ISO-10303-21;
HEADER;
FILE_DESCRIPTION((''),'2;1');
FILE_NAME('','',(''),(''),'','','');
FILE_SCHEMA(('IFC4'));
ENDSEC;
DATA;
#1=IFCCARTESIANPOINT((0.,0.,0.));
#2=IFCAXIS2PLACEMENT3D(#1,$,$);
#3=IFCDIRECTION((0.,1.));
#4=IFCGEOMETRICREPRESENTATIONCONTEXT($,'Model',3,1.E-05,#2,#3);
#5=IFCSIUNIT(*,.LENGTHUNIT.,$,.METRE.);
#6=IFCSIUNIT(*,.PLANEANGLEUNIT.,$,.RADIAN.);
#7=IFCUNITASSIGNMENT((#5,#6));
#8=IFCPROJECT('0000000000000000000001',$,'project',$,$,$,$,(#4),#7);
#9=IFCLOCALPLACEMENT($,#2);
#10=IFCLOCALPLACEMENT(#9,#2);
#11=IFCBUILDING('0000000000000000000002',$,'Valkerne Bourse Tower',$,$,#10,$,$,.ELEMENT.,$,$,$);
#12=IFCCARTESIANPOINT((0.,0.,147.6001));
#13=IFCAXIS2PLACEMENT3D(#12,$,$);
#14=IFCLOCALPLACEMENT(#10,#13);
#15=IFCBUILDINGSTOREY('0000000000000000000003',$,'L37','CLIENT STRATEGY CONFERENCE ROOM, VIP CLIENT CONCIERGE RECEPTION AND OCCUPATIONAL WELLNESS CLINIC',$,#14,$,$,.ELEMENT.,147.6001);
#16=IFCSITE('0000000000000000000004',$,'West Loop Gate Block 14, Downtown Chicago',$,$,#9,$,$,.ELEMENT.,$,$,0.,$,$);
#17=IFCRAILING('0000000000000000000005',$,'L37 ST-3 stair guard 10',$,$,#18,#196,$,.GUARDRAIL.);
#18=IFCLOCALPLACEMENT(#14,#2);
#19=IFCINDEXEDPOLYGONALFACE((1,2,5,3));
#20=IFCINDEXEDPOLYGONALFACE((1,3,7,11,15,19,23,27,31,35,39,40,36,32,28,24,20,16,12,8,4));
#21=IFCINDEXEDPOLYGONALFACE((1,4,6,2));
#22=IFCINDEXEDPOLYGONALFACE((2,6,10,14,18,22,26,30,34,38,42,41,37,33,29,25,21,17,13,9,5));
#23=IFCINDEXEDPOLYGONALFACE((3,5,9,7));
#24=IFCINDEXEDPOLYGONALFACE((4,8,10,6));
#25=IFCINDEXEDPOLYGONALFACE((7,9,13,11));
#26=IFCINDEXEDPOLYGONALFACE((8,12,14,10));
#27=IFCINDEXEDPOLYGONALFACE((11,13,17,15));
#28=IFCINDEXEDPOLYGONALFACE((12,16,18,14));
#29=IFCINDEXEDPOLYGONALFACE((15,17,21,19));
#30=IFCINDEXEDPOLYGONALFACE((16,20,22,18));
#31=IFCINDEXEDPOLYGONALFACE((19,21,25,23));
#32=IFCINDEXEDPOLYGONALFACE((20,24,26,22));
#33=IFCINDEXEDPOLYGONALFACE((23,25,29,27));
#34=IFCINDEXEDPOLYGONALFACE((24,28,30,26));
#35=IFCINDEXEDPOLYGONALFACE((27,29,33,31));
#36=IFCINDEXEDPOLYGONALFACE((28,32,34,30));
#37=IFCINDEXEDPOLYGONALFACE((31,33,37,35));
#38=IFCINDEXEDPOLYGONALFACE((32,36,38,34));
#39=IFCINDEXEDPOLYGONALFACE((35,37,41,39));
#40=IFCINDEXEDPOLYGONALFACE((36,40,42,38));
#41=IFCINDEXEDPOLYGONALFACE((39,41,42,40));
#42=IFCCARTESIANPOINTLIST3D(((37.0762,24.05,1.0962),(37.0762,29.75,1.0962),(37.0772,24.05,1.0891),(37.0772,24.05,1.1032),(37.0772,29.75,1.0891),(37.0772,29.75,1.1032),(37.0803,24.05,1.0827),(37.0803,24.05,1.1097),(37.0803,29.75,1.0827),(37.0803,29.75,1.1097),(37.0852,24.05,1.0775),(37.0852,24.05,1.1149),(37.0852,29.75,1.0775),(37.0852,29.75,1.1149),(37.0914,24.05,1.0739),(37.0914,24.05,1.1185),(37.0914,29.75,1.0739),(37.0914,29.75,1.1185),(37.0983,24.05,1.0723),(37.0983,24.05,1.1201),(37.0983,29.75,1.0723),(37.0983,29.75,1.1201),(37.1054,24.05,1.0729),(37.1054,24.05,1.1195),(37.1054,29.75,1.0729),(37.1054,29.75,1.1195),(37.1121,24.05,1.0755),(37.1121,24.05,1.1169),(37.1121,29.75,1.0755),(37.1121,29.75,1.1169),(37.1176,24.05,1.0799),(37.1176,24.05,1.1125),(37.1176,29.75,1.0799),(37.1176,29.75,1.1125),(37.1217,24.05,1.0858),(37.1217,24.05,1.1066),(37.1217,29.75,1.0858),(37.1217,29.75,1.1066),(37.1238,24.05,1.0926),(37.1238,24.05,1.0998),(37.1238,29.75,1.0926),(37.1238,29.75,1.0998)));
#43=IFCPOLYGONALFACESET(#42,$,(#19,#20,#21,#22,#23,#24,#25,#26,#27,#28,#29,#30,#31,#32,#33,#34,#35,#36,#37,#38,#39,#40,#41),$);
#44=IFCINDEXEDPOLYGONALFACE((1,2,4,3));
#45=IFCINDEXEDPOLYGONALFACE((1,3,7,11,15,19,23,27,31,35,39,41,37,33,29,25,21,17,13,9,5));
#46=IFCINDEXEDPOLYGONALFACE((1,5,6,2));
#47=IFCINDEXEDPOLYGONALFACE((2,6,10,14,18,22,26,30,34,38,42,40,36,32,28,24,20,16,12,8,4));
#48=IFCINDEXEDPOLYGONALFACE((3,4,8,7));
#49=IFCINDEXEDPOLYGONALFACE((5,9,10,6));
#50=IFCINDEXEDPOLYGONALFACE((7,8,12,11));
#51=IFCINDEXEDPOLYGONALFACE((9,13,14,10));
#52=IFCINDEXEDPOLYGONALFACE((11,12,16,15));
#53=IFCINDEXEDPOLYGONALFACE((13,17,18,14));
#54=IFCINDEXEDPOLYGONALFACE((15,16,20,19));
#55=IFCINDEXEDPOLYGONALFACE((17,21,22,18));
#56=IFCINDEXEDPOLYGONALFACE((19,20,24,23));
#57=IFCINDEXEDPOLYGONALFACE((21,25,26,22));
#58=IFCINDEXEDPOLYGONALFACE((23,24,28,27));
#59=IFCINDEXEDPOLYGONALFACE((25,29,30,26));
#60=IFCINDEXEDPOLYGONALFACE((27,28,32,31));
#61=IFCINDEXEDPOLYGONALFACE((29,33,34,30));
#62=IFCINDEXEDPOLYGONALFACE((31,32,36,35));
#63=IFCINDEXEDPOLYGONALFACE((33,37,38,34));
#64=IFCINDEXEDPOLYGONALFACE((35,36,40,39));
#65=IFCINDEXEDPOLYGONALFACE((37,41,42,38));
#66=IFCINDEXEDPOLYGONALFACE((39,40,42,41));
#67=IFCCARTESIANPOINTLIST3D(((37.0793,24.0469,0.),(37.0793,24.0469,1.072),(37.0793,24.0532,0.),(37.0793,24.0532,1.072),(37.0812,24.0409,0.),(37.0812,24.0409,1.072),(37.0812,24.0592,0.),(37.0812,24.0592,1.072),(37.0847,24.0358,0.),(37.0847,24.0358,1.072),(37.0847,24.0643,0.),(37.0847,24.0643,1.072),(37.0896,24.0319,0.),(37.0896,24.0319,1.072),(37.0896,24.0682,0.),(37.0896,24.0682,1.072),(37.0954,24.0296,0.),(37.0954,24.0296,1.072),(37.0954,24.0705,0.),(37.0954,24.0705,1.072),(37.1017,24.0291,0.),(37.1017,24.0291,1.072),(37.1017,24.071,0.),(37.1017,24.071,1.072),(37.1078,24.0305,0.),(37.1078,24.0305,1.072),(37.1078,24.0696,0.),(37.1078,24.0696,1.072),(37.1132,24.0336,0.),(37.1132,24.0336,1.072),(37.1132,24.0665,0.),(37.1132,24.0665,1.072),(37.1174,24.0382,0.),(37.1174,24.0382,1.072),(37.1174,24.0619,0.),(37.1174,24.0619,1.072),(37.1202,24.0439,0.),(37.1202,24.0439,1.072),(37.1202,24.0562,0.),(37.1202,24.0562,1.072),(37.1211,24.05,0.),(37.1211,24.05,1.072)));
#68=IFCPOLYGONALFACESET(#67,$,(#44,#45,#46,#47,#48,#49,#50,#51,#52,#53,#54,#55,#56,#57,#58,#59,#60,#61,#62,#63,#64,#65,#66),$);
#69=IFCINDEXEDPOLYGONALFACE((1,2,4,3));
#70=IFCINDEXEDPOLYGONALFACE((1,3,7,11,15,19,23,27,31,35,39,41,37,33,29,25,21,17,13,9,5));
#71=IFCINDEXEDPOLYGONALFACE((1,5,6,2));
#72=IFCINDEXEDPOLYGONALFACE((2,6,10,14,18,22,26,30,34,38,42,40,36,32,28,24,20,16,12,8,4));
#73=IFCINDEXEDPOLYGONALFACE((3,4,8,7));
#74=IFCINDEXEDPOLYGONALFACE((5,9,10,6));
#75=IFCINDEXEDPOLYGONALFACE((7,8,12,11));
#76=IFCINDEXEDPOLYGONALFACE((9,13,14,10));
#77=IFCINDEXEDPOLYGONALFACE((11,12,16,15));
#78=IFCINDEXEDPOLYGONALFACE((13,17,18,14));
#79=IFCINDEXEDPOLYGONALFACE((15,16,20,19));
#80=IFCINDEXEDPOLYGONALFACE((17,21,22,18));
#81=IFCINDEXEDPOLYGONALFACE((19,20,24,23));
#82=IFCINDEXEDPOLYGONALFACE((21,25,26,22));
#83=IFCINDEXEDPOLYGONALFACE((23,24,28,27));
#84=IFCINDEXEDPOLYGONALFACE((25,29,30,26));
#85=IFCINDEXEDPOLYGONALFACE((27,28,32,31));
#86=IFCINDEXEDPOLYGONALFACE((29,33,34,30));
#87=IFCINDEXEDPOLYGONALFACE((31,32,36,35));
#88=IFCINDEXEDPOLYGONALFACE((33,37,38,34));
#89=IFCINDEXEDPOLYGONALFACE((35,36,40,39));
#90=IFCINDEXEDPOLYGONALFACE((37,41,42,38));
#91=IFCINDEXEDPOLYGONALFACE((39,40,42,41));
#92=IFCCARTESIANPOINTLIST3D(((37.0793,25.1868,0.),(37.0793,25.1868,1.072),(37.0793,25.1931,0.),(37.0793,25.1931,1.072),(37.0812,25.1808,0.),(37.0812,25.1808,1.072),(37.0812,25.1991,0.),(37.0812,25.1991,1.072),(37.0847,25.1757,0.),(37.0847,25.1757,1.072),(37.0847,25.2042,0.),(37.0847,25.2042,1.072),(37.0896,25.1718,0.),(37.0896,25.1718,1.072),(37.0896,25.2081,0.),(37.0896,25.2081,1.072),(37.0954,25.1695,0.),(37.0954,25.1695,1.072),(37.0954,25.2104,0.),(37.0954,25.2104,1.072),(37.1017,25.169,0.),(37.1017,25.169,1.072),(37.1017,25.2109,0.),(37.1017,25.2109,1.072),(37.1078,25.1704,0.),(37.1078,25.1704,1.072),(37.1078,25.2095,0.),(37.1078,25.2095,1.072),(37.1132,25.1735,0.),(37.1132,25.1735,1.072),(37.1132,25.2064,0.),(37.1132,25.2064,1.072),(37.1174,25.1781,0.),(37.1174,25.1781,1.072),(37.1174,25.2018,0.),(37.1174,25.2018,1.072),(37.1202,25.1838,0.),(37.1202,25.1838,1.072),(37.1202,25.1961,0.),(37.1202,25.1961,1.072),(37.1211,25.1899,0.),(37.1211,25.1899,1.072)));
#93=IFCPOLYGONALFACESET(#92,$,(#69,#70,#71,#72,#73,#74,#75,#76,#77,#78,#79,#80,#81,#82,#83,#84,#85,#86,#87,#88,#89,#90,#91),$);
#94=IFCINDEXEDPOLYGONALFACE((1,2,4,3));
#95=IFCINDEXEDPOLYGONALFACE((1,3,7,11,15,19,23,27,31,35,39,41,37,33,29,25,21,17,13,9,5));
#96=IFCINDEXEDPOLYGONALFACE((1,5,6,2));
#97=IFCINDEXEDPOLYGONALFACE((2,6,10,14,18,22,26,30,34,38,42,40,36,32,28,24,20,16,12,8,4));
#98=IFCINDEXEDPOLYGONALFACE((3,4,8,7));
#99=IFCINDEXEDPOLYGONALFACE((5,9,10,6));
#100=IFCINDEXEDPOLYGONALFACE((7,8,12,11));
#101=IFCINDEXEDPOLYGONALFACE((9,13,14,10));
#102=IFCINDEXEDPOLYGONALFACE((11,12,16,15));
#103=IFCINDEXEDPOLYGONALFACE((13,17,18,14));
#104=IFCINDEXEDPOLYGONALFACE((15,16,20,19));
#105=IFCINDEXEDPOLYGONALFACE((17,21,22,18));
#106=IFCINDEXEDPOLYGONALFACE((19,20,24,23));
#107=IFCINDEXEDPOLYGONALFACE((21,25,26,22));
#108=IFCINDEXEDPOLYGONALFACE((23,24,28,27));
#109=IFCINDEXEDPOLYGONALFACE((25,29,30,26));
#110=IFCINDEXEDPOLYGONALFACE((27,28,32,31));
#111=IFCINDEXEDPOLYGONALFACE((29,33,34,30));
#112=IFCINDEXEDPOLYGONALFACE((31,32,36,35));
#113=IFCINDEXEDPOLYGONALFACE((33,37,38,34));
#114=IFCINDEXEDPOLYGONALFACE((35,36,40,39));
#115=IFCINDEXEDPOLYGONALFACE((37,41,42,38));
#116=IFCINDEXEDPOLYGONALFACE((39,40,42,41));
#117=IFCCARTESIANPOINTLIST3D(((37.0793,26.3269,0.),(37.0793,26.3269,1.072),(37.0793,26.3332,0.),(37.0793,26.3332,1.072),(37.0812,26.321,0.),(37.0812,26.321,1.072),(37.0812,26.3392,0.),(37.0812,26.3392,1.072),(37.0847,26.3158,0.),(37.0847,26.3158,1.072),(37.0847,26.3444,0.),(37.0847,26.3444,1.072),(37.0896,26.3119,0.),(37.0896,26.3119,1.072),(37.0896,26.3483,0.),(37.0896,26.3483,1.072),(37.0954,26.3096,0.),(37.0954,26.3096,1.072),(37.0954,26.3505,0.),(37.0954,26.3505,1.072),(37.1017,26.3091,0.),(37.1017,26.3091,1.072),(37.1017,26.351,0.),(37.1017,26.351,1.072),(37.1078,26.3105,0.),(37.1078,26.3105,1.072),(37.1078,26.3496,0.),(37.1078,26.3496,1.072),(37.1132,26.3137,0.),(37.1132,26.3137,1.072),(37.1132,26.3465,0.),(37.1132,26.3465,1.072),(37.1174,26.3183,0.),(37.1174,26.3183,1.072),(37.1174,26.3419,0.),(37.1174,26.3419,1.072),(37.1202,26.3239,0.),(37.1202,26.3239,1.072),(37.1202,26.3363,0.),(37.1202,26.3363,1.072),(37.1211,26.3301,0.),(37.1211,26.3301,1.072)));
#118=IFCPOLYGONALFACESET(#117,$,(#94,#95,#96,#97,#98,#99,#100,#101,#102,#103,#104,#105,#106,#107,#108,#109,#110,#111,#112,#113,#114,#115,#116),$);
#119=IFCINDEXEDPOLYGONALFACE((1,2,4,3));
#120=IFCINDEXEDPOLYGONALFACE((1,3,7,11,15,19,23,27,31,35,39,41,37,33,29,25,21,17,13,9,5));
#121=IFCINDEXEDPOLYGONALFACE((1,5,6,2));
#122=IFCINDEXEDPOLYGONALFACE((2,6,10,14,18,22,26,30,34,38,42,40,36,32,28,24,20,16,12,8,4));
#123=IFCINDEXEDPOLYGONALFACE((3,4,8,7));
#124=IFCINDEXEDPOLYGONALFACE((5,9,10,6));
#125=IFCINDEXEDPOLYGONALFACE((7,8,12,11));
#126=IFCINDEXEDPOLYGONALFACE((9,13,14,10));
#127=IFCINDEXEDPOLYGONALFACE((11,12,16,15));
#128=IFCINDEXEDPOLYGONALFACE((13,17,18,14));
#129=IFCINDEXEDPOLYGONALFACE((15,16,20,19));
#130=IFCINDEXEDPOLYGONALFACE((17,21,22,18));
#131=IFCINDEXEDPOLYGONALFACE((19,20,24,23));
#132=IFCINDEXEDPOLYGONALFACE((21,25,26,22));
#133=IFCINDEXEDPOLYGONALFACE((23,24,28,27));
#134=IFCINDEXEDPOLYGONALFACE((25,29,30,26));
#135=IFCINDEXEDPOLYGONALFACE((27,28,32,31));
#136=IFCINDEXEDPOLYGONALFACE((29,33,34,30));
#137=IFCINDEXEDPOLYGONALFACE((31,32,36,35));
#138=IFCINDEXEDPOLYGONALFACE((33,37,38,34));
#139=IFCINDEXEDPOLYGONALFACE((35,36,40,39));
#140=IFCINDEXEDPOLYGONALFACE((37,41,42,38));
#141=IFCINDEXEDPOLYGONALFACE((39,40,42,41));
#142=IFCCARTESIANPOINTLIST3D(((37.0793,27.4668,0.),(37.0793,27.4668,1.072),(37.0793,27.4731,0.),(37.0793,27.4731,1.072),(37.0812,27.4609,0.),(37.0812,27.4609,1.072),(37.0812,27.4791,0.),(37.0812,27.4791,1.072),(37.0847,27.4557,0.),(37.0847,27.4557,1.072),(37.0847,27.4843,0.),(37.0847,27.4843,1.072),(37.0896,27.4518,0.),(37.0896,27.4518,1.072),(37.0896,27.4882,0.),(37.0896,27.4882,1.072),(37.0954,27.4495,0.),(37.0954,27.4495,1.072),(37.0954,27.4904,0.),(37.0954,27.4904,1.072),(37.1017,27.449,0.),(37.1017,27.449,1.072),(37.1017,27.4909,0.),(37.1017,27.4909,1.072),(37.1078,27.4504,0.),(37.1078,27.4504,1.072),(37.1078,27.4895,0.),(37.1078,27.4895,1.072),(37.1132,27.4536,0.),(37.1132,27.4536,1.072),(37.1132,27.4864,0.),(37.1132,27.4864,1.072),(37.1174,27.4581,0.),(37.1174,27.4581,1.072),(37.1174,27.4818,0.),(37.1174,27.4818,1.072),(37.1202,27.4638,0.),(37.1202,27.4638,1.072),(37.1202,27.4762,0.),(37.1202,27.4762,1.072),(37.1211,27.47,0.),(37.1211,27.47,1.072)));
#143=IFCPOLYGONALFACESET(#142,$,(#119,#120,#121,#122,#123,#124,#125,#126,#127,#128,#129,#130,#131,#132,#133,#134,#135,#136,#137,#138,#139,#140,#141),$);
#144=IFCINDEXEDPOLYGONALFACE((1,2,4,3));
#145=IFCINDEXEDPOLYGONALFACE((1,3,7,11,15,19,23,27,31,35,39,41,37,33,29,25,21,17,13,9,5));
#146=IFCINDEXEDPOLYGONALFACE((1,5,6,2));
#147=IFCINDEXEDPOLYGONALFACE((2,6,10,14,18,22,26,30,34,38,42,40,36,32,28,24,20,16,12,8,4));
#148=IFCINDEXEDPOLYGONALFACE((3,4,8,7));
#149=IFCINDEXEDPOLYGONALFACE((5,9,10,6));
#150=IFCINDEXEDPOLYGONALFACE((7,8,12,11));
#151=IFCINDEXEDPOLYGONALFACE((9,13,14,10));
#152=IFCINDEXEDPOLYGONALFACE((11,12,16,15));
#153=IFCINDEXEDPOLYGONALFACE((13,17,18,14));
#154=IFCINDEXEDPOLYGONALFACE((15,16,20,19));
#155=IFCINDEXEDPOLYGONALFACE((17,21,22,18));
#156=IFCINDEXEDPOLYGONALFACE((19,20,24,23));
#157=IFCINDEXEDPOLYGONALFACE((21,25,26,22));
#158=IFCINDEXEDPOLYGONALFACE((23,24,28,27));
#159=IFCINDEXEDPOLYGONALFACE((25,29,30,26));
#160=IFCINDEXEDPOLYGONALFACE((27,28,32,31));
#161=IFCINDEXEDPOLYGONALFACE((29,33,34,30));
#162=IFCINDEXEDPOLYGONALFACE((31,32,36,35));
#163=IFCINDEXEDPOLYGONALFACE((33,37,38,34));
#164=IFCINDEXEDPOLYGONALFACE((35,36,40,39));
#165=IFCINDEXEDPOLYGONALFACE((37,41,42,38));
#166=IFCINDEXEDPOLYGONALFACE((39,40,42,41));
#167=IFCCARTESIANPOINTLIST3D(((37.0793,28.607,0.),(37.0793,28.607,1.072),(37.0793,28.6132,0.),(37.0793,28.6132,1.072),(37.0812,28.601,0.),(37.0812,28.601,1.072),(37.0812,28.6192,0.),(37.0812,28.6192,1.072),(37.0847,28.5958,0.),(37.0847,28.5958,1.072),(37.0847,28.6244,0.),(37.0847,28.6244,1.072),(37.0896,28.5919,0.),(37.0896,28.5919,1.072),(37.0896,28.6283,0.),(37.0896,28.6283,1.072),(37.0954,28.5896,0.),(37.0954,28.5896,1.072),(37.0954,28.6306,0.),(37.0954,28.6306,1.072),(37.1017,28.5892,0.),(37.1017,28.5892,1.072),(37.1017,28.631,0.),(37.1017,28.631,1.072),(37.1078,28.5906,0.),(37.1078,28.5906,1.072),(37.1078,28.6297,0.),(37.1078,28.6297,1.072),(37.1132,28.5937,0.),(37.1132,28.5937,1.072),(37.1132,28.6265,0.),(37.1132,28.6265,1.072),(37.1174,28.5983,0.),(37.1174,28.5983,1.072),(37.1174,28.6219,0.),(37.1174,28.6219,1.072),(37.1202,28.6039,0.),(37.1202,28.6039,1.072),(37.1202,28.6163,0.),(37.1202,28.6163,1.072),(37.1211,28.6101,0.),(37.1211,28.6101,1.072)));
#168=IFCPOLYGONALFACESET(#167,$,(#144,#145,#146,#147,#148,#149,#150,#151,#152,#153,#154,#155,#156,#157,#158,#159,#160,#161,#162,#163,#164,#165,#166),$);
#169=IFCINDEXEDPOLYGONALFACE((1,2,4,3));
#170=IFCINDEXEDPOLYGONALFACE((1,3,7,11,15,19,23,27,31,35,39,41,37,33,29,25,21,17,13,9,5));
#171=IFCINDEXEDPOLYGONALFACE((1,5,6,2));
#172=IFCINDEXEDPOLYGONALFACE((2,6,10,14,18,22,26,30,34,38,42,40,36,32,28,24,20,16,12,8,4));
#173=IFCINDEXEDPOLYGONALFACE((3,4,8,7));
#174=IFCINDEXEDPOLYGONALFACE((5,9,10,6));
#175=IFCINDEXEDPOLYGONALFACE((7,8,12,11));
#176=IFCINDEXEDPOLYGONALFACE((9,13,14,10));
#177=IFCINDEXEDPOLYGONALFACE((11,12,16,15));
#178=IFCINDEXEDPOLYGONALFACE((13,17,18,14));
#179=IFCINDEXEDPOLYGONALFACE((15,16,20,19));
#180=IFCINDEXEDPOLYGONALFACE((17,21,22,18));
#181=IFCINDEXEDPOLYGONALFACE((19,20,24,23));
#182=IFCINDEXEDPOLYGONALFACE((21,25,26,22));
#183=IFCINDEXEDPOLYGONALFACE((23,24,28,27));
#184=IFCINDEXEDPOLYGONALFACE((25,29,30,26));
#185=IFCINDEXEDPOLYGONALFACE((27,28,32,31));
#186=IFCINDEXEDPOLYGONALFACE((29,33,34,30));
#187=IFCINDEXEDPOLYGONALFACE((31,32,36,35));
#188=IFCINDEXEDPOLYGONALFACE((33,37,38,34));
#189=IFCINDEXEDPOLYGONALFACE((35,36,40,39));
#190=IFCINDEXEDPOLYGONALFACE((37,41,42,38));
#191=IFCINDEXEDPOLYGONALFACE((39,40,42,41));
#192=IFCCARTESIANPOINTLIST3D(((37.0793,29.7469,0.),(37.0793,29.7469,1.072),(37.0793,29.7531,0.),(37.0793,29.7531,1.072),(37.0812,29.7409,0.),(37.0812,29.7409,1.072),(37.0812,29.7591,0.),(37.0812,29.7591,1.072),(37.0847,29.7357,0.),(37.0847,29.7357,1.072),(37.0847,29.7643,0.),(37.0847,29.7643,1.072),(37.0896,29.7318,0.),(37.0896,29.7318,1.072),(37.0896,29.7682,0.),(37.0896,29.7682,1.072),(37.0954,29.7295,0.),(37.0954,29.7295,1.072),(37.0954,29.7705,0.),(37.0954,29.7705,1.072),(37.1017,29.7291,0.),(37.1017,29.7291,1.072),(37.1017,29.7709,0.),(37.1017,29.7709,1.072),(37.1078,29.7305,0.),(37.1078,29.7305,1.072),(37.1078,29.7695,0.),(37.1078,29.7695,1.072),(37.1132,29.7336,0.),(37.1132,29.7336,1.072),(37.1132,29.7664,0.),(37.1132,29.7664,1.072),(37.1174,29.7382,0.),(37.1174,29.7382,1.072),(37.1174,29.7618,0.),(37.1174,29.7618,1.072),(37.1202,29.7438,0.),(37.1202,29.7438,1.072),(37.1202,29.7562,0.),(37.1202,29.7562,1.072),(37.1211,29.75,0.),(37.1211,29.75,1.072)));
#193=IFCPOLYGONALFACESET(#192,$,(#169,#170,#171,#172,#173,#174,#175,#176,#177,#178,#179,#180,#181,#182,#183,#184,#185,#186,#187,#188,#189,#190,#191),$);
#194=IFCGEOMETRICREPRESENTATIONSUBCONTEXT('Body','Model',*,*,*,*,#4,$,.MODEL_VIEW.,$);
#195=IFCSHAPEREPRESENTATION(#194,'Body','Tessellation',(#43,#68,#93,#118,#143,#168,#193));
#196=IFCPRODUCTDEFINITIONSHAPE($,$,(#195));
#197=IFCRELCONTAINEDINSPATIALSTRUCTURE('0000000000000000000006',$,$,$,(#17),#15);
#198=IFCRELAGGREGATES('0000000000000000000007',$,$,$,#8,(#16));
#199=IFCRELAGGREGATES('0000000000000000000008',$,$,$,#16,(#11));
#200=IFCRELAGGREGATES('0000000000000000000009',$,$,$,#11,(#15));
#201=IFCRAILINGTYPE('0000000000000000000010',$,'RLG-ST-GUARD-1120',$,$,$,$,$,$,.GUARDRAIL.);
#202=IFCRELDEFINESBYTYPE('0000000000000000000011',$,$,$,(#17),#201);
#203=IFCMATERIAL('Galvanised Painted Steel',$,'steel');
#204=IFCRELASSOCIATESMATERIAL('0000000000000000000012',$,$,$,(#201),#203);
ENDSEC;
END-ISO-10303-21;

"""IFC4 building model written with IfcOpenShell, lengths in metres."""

from ifc_helpers import new_model, si_unit, direction, frame, origin, origin_2d, place, context, subcontext, project, spatial, circle, extrude, material, type_object, element, save


model = new_model("IFC4")

# Units and contexts
model_context = context("Model", 3, precision=1e-05, world=origin(), true_north=direction((0.0, 1.0)))
body_context = subcontext(model_context, "Body", "Model", "MODEL_VIEW")
ifc_project = project(units=[si_unit("LENGTHUNIT", "METRE"), si_unit("PLANEANGLEUNIT", "RADIAN")], contexts=[model_context])

# Site, building, storey
site_placement = place(None, origin())
site = spatial("IfcSite", under=ifc_project, at=site_placement, Name="West Loop Gate Block 14, Downtown Chicago", CompositionType="ELEMENT", RefElevation=0.0)
building_placement = place(site_placement, origin())
building = spatial("IfcBuilding", under=site, at=building_placement, Name="Valkerne Bourse Tower", CompositionType="ELEMENT")
storey_placement = place(building_placement, frame((0.0, 0.0, 147.6001)))
storey = spatial("IfcBuildingStorey", under=building, at=storey_placement, Name="L37", Description="CLIENT STRATEGY CONFERENCE ROOM, VIP CLIENT CONCIERGE RECEPTION AND OCCUPATIONAL WELLNESS CLINIC", CompositionType="ELEMENT", Elevation=147.6001)

# Railing
ifc_material_1 = material(Name="Galvanised Painted Steel", Category="steel")
railing_type_1 = type_object("IfcRailingType", Name="RLG-ST-GUARD-1120", PredefinedType="GUARDRAIL", material=ifc_material_1)
railing_1_placement = place(storey_placement, frame((37.1001, 24.05, 0.0)))
element("IfcRailing", 1, at=railing_1_placement, inside=storey, type_object=railing_type_1, Name="L37 ST-3 stair guard 10", PredefinedType="GUARDRAIL", context=body_context, shape_type="SweptSolid", body=[
    extrude(circle(Radius=0.0239, at=origin_2d()), frame((0.0, 0.0, 1.0962), z_axis=(0.0, 1.0, 0.0), x_axis=(-1.0, 0.0, 0.0)), (0.0, 0.0, 1.0), 5.7),
    extrude(circle(Radius=0.021, at=origin_2d()), origin(), (0.0, 0.0, 1.0), 1.072),
    extrude(circle(Radius=0.021, at=origin_2d()), frame((0.0, 1.1399, 0.0)), (0.0, 0.0, 1.0), 1.072),
    extrude(circle(Radius=0.021, at=origin_2d()), frame((0.0, 2.28, 0.0)), (0.0, 0.0, 1.0), 1.072),
    extrude(circle(Radius=0.021, at=origin_2d()), frame((0.0, 3.4199, 0.0)), (0.0, 0.0, 1.0), 1.072),
    extrude(circle(Radius=0.021, at=origin_2d()), frame((0.0, 4.5601, 0.0)), (0.0, 0.0, 1.0), 1.072),
    extrude(circle(Radius=0.021, at=origin_2d()), frame((0.0, 5.7, 0.0)), (0.0, 0.0, 1.0), 1.072),
])

save(model, "model.ifc")
